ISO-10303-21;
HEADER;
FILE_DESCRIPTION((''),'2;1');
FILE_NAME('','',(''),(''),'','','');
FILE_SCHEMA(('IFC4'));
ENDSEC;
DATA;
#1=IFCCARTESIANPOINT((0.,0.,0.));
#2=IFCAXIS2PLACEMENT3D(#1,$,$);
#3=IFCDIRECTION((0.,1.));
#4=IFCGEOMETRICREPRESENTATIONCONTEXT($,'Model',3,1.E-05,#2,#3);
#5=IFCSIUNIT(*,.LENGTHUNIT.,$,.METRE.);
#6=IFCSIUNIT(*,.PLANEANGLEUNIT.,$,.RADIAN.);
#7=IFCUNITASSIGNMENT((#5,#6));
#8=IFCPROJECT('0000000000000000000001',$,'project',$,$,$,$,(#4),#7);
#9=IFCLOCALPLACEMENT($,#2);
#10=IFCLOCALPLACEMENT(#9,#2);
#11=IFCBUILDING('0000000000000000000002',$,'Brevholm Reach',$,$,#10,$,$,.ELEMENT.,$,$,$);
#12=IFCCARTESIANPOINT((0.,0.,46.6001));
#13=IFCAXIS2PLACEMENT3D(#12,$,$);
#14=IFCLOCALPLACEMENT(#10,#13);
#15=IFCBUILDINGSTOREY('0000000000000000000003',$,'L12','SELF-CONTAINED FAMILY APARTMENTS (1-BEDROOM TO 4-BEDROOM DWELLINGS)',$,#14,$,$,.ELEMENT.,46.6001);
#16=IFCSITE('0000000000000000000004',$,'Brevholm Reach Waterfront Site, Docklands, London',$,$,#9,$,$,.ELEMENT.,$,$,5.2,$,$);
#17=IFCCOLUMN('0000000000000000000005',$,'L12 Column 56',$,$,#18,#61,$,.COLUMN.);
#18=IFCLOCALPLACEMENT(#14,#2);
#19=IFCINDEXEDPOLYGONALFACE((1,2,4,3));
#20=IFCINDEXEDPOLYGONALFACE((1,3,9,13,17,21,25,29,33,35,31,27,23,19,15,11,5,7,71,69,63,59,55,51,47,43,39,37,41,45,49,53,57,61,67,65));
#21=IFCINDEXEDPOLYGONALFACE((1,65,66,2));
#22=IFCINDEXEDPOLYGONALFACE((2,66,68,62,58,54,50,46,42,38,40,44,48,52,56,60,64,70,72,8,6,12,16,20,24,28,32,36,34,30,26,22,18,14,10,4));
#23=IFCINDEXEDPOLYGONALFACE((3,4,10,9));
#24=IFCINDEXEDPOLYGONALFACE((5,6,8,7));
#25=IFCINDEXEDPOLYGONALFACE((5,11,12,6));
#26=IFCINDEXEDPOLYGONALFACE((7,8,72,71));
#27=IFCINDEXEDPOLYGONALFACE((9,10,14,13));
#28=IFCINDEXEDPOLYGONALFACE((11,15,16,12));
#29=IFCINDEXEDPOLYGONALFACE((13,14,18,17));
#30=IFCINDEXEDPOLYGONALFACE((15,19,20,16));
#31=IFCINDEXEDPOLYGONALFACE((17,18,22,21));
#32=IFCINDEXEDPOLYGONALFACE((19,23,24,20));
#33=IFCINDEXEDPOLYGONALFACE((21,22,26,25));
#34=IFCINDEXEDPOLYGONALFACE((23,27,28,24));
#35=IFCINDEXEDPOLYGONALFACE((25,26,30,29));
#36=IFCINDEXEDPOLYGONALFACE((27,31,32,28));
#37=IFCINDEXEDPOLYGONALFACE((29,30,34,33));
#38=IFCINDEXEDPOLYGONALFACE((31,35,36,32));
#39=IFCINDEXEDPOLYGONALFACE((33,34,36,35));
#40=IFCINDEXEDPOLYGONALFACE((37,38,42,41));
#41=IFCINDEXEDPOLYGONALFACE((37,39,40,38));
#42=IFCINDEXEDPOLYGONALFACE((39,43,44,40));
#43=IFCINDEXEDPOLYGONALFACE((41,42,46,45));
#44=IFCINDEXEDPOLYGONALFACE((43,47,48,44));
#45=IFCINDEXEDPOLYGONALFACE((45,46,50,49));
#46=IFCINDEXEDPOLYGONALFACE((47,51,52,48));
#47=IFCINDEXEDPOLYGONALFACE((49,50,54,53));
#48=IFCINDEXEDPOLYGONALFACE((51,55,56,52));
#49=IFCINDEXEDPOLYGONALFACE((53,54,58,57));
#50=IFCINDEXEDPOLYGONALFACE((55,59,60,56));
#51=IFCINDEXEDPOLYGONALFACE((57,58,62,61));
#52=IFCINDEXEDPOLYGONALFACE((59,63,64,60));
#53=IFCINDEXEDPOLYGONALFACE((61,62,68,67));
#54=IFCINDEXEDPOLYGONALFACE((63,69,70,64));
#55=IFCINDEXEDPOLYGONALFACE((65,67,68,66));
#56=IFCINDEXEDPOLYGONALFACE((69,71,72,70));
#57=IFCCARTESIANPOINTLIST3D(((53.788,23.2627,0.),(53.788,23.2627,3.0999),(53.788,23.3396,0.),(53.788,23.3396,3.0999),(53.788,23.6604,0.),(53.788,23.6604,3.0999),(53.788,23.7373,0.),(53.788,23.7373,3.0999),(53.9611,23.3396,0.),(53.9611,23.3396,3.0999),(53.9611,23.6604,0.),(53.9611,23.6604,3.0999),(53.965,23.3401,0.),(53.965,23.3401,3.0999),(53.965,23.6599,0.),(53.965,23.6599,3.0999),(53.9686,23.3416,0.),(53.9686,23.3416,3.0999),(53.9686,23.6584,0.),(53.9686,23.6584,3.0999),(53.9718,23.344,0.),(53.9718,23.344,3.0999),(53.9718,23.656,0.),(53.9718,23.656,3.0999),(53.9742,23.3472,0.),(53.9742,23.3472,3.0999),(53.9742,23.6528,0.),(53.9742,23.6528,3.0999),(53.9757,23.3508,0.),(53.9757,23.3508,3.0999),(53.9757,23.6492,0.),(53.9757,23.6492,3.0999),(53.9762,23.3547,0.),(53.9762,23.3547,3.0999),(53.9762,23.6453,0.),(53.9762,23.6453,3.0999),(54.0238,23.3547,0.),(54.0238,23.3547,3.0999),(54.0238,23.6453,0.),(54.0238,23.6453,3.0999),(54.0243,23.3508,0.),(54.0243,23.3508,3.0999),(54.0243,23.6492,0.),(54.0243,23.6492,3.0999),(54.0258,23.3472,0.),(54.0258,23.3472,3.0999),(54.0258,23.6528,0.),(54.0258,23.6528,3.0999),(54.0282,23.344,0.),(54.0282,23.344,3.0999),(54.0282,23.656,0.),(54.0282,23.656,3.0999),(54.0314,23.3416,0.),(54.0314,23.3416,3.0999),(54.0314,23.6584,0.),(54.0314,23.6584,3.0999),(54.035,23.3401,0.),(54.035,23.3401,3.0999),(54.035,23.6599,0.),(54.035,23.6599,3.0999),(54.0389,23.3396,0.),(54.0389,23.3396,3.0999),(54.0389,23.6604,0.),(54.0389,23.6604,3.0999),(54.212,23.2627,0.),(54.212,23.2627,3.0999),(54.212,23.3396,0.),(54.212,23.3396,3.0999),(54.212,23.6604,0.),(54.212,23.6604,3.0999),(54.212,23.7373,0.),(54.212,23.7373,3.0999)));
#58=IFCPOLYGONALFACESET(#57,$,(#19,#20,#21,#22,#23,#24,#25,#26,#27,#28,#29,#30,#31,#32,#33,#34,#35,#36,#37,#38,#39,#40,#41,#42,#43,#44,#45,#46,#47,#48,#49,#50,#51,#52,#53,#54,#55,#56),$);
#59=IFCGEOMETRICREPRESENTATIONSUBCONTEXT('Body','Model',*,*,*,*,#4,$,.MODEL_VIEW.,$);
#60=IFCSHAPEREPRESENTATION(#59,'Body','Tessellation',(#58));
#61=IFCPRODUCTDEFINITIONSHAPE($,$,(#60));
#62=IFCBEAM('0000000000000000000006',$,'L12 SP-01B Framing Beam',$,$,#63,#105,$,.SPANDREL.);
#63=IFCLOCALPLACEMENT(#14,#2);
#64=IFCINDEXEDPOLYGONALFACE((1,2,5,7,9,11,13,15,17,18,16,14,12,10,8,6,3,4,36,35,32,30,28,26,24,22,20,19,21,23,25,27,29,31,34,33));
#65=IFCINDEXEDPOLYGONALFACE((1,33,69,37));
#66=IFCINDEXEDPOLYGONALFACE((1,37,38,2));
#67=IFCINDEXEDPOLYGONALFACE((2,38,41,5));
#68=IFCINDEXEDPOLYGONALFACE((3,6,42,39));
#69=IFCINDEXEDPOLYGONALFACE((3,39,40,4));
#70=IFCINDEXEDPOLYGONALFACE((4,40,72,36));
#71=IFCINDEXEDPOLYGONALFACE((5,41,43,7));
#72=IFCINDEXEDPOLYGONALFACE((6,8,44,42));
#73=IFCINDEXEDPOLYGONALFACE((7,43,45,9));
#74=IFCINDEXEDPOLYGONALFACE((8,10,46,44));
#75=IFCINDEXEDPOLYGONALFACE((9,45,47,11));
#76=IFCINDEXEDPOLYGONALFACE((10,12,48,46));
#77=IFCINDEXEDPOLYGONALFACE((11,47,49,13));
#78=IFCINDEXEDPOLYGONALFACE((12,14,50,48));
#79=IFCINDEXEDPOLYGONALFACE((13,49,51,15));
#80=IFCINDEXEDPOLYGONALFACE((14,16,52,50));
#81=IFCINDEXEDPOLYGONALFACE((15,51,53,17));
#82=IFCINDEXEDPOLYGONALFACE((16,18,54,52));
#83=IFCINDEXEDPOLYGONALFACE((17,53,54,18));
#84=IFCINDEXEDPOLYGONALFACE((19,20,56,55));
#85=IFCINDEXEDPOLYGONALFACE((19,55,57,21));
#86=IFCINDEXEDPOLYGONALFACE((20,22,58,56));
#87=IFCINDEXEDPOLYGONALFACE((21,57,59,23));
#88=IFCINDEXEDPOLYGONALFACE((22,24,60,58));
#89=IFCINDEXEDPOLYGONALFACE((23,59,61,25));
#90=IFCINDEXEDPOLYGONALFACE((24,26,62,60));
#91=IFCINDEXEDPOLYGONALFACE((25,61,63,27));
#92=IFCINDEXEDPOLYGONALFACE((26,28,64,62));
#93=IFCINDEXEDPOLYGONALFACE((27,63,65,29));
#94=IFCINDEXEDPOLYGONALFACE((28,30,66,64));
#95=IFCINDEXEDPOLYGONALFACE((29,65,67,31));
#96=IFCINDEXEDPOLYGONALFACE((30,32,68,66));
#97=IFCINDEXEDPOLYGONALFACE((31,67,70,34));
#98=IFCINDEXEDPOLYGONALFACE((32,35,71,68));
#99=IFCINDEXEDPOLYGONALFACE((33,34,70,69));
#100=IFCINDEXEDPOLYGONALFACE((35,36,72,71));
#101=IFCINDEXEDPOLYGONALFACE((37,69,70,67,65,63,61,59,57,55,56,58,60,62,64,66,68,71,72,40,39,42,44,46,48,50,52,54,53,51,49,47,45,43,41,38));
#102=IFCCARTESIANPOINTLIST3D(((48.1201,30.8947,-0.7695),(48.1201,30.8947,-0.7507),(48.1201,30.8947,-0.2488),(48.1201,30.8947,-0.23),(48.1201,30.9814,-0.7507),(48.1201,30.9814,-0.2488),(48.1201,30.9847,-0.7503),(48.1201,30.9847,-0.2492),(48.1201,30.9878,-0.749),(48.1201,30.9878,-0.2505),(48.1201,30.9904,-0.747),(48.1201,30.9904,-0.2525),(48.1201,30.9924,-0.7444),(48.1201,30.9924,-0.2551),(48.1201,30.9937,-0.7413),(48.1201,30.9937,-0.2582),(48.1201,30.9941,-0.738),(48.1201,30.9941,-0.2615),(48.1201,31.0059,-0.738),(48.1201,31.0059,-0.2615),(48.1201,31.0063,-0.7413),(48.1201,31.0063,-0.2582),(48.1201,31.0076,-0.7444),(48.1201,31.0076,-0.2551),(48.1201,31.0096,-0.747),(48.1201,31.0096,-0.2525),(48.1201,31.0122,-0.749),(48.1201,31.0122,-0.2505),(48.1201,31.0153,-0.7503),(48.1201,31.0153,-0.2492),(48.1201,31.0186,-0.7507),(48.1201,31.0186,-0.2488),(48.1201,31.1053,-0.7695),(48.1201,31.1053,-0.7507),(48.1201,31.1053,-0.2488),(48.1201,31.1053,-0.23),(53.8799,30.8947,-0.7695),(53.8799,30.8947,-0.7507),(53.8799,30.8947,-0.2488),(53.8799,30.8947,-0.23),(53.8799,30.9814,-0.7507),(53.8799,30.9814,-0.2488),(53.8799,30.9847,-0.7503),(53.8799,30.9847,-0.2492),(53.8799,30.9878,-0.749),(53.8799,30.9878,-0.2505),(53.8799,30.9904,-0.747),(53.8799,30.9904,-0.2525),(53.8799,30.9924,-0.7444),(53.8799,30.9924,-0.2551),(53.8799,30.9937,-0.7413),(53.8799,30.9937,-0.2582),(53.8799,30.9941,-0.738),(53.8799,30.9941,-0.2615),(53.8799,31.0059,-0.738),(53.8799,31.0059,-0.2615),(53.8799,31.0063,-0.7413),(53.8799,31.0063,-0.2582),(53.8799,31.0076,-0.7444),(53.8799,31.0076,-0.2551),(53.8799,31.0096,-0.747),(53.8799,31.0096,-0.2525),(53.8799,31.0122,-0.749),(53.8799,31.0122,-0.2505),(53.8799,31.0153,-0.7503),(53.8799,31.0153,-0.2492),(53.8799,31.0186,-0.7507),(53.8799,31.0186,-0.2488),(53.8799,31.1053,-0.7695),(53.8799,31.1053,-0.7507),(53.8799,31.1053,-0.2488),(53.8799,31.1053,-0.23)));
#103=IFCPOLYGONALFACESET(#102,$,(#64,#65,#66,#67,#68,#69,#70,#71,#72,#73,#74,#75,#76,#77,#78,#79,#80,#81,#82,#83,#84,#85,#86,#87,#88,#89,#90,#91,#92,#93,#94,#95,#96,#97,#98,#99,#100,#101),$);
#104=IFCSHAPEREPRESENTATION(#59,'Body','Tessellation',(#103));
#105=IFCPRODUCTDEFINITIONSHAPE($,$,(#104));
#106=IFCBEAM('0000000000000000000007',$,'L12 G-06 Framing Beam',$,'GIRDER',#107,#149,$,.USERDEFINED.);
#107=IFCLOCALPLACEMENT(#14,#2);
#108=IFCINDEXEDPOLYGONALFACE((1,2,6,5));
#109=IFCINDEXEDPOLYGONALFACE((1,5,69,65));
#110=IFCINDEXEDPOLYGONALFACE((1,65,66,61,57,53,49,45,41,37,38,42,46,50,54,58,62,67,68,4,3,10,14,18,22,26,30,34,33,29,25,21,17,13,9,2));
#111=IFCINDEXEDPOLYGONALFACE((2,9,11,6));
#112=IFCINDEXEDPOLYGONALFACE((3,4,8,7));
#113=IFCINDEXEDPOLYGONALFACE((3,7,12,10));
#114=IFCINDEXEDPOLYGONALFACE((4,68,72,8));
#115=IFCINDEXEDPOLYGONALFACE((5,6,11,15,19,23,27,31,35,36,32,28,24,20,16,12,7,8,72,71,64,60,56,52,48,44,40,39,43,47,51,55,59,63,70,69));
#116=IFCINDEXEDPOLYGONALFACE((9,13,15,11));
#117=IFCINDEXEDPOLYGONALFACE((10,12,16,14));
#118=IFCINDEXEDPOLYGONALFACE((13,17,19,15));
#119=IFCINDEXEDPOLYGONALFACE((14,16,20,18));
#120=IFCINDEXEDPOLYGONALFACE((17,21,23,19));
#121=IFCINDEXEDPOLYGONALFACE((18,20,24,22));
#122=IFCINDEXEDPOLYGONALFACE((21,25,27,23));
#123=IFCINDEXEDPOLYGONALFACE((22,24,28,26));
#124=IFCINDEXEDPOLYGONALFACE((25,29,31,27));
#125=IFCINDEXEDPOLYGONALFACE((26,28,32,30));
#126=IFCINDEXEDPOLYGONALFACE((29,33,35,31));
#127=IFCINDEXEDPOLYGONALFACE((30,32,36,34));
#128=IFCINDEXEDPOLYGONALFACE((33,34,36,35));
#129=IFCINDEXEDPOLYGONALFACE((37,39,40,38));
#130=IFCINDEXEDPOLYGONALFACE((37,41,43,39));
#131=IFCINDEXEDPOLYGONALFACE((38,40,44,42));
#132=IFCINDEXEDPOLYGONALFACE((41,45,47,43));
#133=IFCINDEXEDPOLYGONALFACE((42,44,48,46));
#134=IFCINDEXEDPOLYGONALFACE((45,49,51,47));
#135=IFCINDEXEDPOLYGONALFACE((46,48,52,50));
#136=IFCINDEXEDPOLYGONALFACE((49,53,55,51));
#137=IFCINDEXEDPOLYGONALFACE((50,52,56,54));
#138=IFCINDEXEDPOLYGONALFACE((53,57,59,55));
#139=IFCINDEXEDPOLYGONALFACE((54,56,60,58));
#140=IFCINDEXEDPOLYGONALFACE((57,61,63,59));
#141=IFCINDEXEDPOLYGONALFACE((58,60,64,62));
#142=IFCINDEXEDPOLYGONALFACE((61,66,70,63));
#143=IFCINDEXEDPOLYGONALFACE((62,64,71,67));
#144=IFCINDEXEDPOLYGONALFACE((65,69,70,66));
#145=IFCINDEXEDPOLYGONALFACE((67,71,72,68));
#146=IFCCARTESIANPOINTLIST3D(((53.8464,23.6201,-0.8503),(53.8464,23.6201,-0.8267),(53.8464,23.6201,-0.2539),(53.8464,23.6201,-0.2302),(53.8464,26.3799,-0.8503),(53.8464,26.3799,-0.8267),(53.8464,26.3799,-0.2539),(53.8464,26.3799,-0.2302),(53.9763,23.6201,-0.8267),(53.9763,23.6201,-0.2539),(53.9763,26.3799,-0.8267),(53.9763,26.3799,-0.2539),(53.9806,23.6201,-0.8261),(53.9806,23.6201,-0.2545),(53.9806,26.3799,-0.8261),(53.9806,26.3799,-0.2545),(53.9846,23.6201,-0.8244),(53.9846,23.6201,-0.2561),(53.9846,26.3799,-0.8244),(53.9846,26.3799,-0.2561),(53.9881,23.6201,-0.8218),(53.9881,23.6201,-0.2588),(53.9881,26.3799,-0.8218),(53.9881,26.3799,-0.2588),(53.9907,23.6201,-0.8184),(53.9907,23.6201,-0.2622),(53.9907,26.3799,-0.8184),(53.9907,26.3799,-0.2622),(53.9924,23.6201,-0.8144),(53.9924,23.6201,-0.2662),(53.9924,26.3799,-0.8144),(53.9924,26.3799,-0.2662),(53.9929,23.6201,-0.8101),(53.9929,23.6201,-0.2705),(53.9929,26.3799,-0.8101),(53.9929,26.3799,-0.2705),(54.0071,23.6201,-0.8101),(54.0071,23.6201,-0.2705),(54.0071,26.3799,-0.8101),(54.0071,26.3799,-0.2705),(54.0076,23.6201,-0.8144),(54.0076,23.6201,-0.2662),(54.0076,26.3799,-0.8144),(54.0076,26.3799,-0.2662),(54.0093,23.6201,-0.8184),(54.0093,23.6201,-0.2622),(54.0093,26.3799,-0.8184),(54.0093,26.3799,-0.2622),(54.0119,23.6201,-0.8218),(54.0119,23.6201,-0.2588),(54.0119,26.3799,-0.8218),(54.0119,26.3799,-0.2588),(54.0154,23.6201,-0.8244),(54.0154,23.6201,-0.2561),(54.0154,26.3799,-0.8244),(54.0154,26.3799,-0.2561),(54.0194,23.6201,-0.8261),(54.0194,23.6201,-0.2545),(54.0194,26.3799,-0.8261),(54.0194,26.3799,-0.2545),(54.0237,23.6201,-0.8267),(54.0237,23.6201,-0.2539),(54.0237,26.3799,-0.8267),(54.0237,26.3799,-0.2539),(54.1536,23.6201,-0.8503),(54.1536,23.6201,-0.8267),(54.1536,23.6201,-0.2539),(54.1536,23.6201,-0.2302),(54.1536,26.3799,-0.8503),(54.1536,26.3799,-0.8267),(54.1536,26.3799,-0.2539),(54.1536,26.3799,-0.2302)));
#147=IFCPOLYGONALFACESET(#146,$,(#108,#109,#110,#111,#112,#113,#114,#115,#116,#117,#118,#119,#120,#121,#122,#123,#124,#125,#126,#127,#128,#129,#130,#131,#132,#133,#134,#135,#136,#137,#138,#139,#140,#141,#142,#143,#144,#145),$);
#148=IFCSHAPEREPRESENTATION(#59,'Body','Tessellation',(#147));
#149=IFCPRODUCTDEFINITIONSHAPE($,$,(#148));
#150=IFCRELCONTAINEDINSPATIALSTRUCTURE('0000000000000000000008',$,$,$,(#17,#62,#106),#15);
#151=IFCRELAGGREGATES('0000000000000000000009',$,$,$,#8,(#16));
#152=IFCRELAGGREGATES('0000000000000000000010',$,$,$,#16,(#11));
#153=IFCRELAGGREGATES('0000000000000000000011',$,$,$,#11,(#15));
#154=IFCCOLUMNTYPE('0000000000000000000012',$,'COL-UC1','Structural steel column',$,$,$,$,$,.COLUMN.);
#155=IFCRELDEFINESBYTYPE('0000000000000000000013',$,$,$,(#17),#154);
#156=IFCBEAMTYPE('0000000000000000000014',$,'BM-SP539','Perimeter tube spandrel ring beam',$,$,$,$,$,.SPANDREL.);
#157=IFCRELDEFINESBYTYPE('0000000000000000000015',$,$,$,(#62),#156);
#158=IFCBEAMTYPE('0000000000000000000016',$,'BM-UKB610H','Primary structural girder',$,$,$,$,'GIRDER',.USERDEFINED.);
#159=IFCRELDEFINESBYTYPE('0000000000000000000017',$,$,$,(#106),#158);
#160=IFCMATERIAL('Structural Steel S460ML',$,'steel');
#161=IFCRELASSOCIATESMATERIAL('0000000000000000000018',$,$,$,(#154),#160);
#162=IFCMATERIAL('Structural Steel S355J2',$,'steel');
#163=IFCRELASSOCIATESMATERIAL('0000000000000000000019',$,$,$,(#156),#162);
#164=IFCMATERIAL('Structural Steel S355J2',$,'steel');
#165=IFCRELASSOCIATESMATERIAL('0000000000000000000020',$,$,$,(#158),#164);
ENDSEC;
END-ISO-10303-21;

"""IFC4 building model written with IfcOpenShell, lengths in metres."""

from ifc_helpers import new_model, si_unit, direction, frame, origin, origin_2d, place, context, subcontext, project, spatial, i_section, extrude, material, material_profile, profile_set, type_object, element, save


model = new_model("IFC4")

# Units and contexts
model_context = context("Model", 3, precision=1e-05, world=origin(), true_north=direction((0.0, 1.0)))
body_context = subcontext(model_context, "Body", "Model", "MODEL_VIEW")
ifc_project = project(units=[si_unit("LENGTHUNIT", "METRE"), si_unit("PLANEANGLEUNIT", "RADIAN")], contexts=[model_context])

# Site, building, storey
site_placement = place(None, origin())
site = spatial("IfcSite", under=ifc_project, at=site_placement, Name="Brevholm Reach Waterfront Site, Docklands, London", CompositionType="ELEMENT", RefElevation=5.2)
building_placement = place(site_placement, origin())
building = spatial("IfcBuilding", under=site, at=building_placement, Name="Brevholm Reach", CompositionType="ELEMENT")
storey_placement = place(building_placement, frame((0.0, 0.0, 46.6001)))
storey = spatial("IfcBuildingStorey", under=building, at=storey_placement, Name="L12", Description="SELF-CONTAINED FAMILY APARTMENTS (1-BEDROOM TO 4-BEDROOM DWELLINGS)", CompositionType="ELEMENT", Elevation=46.6001)

# Column
ifc_material_1 = material(Name="Structural Steel S460ML", Category="steel")
ifc_material_profile_1 = material_profile(ifc_material_1, i_section(OverallWidth=0.4241, OverallDepth=0.4746, WebThickness=0.0476, FlangeThickness=0.0769, FilletRadius=0.0151, at=origin_2d()), Name="UKC 356x406x634")
ifc_profile_set_1 = profile_set([ifc_material_profile_1], Name="Structural Steel S460ML")
column_type = type_object("IfcColumnType", Name="COL-UC1", Description="Structural steel column", PredefinedType="COLUMN", material=ifc_profile_set_1)
column_placement = place(storey_placement, frame((54.0, 23.5, 0.0), z_axis=(0.0, 0.0, 1.0), x_axis=(1.0, 0.0, 0.0)))
element("IfcColumn", 1, at=column_placement, inside=storey, type_object=column_type, Name="L12 Column 56", PredefinedType="COLUMN", context=body_context, shape_type="SweptSolid", body=[
    extrude(i_section(OverallWidth=0.4241, OverallDepth=0.4746, WebThickness=0.0476, FlangeThickness=0.0769, FilletRadius=0.0151, at=origin_2d()), origin(), (0.0, 0.0, 1.0), 3.0999),
])

# Beams
ifc_material_2 = material(Name="Structural Steel S355J2", Category="steel")
ifc_material_profile_2 = material_profile(ifc_material_2, i_section(OverallWidth=0.2107, OverallDepth=0.5396, WebThickness=0.0117, FlangeThickness=0.0188, FilletRadius=0.0127, at=origin_2d()), Name="UKB 533x210x109")
ifc_profile_set_2 = profile_set([ifc_material_profile_2], Name="Structural Steel S355J2")
beam_type_1 = type_object("IfcBeamType", Name="BM-SP539", Description="Perimeter tube spandrel ring beam", PredefinedType="SPANDREL", material=ifc_profile_set_2)
beam_1_placement = place(storey_placement, frame((48.1201, 31.0, -0.4998), z_axis=(1.0, 0.0, 0.0), x_axis=(0.0, 1.0, 0.0)))
element("IfcBeam", 2, at=beam_1_placement, inside=storey, type_object=beam_type_1, Name="L12 SP-01B Framing Beam", PredefinedType="SPANDREL", context=body_context, shape_type="SweptSolid", body=[
    extrude(i_section(OverallWidth=0.2107, OverallDepth=0.5396, WebThickness=0.0117, FlangeThickness=0.0188, FilletRadius=0.0127, at=origin_2d()), origin(), (0.0, 0.0, 1.0), 5.7598),
])
ifc_material_3 = material(Name="Structural Steel S355J2", Category="steel")
ifc_material_profile_3 = material_profile(ifc_material_3, i_section(OverallWidth=0.3071, OverallDepth=0.6201, WebThickness=0.0142, FlangeThickness=0.0237, FilletRadius=0.0166, at=origin_2d()), Name="UKB 610x305x179")
ifc_profile_set_3 = profile_set([ifc_material_profile_3], Name="Structural Steel S355J2")
beam_type_2 = type_object("IfcBeamType", Name="BM-UKB610H", Description="Primary structural girder", ElementType="GIRDER", PredefinedType="USERDEFINED", material=ifc_profile_set_3)
beam_2_placement = place(storey_placement, frame((54.0, 23.6201, -0.5403), z_axis=(0.0, 1.0, 0.0), x_axis=(-1.0, 0.0, 0.0)))
element("IfcBeam", 3, at=beam_2_placement, inside=storey, type_object=beam_type_2, Name="L12 G-06 Framing Beam", ObjectType="GIRDER", PredefinedType="USERDEFINED", context=body_context, shape_type="SweptSolid", body=[
    extrude(i_section(OverallWidth=0.3071, OverallDepth=0.6201, WebThickness=0.0142, FlangeThickness=0.0237, FilletRadius=0.0166, at=origin_2d()), origin(), (0.0, 0.0, 1.0), 2.7598),
])

save(model, "model.ifc")
